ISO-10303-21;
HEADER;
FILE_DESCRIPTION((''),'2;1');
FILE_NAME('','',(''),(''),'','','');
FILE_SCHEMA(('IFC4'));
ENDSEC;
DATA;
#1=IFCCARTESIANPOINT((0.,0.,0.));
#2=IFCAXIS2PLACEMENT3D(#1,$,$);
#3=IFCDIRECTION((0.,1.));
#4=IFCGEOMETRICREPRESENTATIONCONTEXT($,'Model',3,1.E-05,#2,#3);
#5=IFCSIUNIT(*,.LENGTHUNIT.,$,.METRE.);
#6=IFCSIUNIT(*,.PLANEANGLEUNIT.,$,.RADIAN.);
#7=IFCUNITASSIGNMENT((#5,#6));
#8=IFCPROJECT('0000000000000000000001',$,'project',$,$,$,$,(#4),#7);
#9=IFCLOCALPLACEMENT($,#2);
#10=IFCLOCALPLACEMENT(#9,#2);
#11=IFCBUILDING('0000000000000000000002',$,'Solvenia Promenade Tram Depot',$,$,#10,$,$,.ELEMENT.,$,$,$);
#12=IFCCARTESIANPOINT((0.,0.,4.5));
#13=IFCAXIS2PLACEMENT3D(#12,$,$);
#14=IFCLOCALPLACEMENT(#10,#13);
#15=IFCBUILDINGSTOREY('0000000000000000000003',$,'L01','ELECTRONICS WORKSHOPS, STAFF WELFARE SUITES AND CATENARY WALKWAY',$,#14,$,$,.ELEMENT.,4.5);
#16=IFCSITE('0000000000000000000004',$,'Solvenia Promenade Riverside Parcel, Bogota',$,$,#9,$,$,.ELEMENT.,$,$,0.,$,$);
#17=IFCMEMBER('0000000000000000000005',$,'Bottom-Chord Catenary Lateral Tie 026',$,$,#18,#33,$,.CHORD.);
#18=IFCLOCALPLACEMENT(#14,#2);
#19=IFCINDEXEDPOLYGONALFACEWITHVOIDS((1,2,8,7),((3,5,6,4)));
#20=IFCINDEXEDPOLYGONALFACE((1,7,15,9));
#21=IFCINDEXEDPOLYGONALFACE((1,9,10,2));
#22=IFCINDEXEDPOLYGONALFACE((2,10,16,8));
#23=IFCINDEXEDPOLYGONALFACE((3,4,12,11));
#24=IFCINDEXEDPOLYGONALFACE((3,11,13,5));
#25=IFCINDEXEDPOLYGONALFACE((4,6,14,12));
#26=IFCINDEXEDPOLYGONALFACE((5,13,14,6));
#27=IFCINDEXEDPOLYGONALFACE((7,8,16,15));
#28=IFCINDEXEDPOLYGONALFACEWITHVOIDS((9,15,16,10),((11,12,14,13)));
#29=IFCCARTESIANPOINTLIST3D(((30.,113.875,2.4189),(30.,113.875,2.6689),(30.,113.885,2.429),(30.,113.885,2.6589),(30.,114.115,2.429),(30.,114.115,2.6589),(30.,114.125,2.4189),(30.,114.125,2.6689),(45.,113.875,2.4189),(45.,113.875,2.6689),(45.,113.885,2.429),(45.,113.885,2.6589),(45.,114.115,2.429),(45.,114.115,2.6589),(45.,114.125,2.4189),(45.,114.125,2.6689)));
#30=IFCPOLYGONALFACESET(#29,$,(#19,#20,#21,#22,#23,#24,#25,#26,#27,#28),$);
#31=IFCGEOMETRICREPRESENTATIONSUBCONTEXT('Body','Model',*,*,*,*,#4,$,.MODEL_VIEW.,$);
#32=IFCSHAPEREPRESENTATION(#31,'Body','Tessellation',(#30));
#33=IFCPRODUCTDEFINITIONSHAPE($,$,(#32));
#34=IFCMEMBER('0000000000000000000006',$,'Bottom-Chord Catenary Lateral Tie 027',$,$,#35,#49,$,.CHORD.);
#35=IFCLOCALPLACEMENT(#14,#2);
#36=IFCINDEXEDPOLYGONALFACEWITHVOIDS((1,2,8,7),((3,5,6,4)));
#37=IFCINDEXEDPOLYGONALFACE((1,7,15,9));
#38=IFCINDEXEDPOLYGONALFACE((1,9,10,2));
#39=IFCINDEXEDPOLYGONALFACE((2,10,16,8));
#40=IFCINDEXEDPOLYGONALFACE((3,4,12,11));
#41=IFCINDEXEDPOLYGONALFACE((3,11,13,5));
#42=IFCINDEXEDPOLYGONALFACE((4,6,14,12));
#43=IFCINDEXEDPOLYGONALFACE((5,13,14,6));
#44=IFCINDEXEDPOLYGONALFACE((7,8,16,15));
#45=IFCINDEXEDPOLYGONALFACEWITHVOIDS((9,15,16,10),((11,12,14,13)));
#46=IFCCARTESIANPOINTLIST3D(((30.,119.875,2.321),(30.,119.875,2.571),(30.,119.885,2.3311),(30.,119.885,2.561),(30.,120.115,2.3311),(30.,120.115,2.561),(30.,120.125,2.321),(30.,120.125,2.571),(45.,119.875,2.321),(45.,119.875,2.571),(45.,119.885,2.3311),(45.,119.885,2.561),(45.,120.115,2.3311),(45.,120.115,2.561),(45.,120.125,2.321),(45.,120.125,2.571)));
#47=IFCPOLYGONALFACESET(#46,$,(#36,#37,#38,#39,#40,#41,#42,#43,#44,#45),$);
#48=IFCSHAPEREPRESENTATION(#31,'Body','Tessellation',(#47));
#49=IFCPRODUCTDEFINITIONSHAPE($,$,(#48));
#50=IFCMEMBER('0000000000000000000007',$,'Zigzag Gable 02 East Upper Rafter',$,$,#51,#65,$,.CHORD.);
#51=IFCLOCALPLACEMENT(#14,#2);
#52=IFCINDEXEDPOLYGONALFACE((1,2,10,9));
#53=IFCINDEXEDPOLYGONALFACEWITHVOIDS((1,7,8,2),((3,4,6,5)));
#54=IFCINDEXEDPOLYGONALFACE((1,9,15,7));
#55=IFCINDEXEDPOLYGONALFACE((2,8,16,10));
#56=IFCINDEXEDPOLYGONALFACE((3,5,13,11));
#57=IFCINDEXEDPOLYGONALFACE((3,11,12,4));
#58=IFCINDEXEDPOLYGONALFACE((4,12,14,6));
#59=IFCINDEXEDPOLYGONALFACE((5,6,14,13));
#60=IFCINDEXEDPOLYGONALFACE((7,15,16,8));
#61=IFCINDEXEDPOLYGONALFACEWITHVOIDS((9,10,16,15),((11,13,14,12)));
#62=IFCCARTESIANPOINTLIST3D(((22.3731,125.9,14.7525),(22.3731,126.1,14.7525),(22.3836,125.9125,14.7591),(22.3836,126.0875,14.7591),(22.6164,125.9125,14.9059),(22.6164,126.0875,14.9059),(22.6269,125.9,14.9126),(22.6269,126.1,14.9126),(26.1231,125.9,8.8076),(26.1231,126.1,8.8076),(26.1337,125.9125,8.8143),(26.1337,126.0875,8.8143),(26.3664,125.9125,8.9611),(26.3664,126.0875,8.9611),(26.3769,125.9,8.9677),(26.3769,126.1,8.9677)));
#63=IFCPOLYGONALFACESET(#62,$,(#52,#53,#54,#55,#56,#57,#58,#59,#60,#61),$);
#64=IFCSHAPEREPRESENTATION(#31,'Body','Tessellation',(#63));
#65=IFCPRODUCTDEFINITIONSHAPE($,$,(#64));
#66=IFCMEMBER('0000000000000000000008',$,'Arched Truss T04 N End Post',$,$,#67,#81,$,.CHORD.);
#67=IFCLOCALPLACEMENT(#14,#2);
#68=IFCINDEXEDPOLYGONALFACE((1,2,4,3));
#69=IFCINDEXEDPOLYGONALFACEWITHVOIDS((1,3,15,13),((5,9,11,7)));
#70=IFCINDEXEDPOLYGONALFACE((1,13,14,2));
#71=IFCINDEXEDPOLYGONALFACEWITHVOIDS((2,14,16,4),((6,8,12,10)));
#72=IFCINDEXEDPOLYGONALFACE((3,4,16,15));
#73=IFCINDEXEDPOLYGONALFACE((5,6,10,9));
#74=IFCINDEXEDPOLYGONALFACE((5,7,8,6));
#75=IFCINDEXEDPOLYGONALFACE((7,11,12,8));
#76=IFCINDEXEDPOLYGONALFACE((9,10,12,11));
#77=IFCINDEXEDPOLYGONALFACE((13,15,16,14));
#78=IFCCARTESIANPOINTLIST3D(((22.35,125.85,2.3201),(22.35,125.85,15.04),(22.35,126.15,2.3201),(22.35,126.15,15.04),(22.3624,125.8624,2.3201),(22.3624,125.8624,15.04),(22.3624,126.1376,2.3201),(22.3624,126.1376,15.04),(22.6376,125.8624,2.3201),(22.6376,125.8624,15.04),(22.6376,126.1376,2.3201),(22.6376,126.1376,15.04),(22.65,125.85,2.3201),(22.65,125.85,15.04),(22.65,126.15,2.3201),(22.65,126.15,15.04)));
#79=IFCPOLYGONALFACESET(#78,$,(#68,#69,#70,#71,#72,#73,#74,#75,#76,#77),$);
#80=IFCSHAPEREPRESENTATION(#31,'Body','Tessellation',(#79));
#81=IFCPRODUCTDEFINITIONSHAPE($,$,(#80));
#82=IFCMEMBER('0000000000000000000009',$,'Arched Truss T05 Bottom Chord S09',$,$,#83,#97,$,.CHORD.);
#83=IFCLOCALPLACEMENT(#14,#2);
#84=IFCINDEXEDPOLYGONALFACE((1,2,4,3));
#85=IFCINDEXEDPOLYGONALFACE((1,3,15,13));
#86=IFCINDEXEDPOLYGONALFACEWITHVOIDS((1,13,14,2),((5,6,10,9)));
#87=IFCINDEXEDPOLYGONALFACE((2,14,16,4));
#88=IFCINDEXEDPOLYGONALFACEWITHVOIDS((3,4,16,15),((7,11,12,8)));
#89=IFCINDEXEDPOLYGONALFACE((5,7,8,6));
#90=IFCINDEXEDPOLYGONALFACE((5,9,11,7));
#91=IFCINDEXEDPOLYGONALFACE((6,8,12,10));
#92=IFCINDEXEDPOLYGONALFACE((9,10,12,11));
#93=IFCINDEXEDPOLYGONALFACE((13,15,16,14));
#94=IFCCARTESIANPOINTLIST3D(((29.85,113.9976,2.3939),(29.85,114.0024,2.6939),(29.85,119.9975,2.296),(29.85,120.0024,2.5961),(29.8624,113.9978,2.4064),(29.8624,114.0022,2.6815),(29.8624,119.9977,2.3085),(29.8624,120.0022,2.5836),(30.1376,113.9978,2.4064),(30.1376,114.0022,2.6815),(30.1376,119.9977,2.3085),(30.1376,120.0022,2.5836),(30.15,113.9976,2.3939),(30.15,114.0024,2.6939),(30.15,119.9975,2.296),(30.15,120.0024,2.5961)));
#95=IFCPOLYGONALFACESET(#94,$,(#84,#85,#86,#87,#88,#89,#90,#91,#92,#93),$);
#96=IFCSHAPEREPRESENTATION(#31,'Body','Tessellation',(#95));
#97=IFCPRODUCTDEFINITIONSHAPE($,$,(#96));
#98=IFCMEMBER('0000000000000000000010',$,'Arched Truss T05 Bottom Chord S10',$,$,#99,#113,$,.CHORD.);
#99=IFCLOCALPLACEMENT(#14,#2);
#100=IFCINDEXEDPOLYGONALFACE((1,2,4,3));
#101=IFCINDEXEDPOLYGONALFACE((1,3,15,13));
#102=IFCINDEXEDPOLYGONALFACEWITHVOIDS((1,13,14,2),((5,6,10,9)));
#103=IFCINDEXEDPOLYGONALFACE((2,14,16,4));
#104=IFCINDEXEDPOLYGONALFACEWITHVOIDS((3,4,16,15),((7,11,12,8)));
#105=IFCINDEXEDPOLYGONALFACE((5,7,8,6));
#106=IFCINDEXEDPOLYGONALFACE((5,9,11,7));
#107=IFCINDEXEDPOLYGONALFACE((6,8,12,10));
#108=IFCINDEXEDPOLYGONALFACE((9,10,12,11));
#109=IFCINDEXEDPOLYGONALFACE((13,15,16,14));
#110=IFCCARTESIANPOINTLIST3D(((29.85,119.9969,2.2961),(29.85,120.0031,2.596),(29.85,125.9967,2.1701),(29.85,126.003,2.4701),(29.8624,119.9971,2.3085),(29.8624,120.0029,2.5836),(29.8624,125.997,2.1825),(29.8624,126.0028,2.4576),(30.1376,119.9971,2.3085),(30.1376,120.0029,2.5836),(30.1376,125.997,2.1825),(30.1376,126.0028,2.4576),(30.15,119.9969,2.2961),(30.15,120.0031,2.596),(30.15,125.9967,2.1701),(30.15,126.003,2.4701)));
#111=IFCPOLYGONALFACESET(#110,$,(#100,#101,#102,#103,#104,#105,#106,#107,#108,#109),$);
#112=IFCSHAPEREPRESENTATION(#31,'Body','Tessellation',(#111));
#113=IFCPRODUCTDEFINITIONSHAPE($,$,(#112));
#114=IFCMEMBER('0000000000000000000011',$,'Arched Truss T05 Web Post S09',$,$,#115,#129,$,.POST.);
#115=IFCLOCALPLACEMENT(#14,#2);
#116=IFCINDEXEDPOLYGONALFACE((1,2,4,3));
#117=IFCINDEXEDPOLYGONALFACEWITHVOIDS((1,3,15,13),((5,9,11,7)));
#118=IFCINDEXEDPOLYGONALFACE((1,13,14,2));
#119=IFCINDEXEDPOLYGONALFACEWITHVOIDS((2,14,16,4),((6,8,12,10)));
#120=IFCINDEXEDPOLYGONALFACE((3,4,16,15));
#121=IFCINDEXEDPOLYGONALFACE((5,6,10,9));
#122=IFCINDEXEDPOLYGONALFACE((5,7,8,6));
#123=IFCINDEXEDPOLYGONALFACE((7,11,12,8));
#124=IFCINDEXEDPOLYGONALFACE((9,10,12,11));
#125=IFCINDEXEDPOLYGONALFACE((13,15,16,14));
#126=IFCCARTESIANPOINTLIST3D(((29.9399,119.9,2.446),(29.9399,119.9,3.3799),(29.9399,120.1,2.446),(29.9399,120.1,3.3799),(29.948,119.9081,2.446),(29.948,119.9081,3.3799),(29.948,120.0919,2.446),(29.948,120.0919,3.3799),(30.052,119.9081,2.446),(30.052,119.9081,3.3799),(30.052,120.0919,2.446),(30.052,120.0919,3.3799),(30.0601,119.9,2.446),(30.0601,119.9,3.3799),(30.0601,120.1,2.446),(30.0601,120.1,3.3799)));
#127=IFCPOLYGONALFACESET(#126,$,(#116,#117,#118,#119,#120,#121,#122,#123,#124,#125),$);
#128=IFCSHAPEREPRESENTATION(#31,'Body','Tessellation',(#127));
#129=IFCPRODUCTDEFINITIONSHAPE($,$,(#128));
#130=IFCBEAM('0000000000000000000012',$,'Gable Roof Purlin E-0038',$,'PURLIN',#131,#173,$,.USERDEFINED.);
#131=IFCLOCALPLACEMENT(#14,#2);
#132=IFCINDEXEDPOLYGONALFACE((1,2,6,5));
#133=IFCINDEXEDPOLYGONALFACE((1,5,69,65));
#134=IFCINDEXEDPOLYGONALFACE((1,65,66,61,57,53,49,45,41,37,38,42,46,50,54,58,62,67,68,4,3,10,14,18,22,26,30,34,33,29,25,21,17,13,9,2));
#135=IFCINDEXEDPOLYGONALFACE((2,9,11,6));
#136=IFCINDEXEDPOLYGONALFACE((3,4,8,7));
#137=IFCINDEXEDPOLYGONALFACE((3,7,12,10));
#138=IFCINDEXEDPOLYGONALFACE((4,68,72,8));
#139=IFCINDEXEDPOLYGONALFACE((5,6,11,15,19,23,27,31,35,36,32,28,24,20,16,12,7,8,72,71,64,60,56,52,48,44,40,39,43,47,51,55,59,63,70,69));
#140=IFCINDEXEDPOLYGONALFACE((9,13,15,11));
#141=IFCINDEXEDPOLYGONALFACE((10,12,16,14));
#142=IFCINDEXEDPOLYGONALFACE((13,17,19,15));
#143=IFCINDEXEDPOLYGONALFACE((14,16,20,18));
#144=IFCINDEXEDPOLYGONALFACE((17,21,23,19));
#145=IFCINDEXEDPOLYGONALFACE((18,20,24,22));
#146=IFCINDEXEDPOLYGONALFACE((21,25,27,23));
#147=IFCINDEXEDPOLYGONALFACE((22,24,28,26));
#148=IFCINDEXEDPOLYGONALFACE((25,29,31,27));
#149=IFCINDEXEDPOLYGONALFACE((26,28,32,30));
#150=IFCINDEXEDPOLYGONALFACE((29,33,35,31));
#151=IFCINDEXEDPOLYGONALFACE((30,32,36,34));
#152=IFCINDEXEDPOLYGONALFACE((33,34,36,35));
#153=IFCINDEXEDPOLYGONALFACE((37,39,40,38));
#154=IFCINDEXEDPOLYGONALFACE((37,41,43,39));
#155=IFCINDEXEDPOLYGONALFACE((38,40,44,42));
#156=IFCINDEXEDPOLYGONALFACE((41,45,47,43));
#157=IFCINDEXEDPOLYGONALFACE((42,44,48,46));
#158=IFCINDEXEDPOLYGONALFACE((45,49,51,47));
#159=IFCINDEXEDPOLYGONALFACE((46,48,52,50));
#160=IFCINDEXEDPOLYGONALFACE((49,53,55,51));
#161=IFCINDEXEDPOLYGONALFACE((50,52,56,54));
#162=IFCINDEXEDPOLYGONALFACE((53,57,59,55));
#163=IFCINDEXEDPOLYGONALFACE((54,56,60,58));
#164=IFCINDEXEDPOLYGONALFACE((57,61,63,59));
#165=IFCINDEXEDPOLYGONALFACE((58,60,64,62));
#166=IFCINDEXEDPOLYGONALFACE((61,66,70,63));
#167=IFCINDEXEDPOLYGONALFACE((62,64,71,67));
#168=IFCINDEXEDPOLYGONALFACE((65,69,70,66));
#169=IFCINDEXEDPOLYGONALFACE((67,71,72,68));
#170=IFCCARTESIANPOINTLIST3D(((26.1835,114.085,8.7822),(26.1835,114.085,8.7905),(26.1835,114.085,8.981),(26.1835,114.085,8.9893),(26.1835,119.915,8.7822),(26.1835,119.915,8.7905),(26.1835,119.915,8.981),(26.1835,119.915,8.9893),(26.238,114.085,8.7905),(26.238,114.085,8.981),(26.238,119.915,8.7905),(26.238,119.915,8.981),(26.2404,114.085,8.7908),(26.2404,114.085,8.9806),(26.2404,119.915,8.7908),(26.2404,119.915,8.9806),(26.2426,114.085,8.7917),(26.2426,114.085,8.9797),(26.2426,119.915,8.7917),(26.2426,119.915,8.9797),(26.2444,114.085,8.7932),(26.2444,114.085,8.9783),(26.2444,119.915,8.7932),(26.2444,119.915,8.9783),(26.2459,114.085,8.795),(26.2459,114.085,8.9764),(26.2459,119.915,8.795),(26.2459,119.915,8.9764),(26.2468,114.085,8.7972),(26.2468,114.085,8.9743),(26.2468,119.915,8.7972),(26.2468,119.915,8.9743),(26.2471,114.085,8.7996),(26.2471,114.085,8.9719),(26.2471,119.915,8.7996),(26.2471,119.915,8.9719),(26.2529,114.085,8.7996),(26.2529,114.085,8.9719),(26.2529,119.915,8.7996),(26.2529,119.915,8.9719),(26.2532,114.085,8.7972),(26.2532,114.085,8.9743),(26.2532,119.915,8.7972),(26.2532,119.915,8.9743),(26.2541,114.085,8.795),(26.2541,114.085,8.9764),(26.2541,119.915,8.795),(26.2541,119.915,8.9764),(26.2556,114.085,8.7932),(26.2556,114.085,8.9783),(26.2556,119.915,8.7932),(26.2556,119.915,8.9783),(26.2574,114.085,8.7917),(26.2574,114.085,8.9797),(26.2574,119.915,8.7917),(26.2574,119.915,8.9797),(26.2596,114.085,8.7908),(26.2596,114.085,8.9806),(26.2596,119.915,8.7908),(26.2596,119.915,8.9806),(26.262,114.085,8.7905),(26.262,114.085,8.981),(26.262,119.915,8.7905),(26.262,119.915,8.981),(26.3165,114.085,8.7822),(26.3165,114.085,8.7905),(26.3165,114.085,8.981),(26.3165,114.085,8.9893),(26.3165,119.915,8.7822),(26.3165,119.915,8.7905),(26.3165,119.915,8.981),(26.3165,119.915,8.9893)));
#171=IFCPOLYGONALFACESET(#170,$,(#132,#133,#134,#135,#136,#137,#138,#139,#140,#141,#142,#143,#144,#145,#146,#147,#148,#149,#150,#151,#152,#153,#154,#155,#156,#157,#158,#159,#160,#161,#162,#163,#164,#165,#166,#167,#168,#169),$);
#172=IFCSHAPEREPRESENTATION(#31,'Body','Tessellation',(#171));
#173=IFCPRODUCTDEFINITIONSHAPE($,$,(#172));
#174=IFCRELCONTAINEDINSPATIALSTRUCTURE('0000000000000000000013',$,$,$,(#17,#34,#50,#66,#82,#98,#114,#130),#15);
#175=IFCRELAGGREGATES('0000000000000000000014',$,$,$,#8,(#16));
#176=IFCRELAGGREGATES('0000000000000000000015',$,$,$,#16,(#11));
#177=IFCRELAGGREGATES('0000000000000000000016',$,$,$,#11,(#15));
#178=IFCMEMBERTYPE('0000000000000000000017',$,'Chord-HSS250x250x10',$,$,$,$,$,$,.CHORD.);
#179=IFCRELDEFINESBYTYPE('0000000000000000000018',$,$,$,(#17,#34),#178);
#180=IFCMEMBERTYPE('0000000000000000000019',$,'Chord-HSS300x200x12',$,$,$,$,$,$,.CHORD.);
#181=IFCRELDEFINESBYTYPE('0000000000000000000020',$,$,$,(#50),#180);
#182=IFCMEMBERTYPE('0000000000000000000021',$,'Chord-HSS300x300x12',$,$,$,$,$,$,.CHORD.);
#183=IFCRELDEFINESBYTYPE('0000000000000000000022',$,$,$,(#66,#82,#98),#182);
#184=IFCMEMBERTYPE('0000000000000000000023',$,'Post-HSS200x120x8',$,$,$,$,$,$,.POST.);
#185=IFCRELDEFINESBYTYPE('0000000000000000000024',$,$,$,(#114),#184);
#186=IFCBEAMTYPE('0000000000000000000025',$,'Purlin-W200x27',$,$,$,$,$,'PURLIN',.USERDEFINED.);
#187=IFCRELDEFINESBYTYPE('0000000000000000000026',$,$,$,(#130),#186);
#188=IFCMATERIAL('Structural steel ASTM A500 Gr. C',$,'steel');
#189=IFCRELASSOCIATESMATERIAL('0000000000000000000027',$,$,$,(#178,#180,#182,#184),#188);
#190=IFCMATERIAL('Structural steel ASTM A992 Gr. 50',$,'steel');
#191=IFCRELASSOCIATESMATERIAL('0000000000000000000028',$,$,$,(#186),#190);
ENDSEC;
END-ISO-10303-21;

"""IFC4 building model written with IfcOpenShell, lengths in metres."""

from ifc_helpers import new_model, si_unit, direction, frame, origin, origin_2d, place, context, subcontext, project, spatial, hollow_rectangle, i_section, extrude, material, material_profile, profile_set, type_object, element, save


model = new_model("IFC4")

# Units and contexts
model_context = context("Model", 3, precision=1e-05, world=origin(), true_north=direction((0.0, 1.0)))
body_context = subcontext(model_context, "Body", "Model", "MODEL_VIEW")
ifc_project = project(units=[si_unit("LENGTHUNIT", "METRE"), si_unit("PLANEANGLEUNIT", "RADIAN")], contexts=[model_context])

# Site, building, storey
site_placement = place(None, origin())
site = spatial("IfcSite", under=ifc_project, at=site_placement, Name="Solvenia Promenade Riverside Parcel, Bogota", CompositionType="ELEMENT", RefElevation=0.0)
building_placement = place(site_placement, origin())
building = spatial("IfcBuilding", under=site, at=building_placement, Name="Solvenia Promenade Tram Depot", CompositionType="ELEMENT")
storey_placement = place(building_placement, frame((0.0, 0.0, 4.5)))
storey = spatial("IfcBuildingStorey", under=building, at=storey_placement, Name="L01", Description="ELECTRONICS WORKSHOPS, STAFF WELFARE SUITES AND CATENARY WALKWAY", CompositionType="ELEMENT", Elevation=4.5)

# Shared definitions
ifc_material_1 = material(Name="Structural steel ASTM A500 Gr. C", Category="steel")

# Members
ifc_material_profile_1 = material_profile(ifc_material_1, hollow_rectangle(XDim=0.25, YDim=0.25, WallThickness=0.01, at=origin_2d()), Name="HSS250x250x10", Category="steel")
ifc_profile_set_1 = profile_set([ifc_material_profile_1], Name="Structural steel ASTM A500 Gr. C")
member_type_1 = type_object("IfcMemberType", Name="Chord-HSS250x250x10", PredefinedType="CHORD", material=ifc_profile_set_1)
for number, where, z_axis, x_axis, name in (
    (1, (30.0, 114.0, 2.5439), (1.0, 0.0, 0.0), (0.0, 1.0, 0.0), "Bottom-Chord Catenary Lateral Tie 026"),
    (2, (30.0, 120.0, 2.446), (1.0, 0.0, 0.0), (0.0, 1.0, 0.0), "Bottom-Chord Catenary Lateral Tie 027"),
):
    element("IfcMember", number, at=place(storey_placement, frame(where, z_axis=z_axis, x_axis=x_axis)), inside=storey, type_object=member_type_1, Name=name, PredefinedType="CHORD", context=body_context, shape_type="SweptSolid", body=[
        extrude(hollow_rectangle(XDim=0.25, YDim=0.25, WallThickness=0.01, at=origin_2d()), origin(), (0.0, 0.0, 1.0), 15.0),
    ])
ifc_material_profile_2 = material_profile(ifc_material_1, hollow_rectangle(XDim=0.2, YDim=0.3, WallThickness=0.0125, at=origin_2d()), Name="HSS300x200x12.5", Category="steel")
ifc_profile_set_2 = profile_set([ifc_material_profile_2], Name="Structural steel ASTM A500 Gr. C")
member_type_2 = type_object("IfcMemberType", Name="Chord-HSS300x200x12", PredefinedType="CHORD", material=ifc_profile_set_2)
member_1_placement = place(storey_placement, frame((22.5, 126.0, 14.8325), z_axis=(0.533522, 0.0, -0.845786), x_axis=(0.0, 1.0, 0.0)))
element("IfcMember", 3, at=member_1_placement, inside=storey, type_object=member_type_2, Name="Zigzag Gable 02 East Upper Rafter", PredefinedType="CHORD", context=body_context, shape_type="SweptSolid", body=[
    extrude(hollow_rectangle(XDim=0.2, YDim=0.3, WallThickness=0.0125, at=origin_2d()), origin(), (0.0, 0.0, 1.0), 7.0288),
])
ifc_material_profile_3 = material_profile(ifc_material_1, hollow_rectangle(XDim=0.3, YDim=0.3, WallThickness=0.0125, at=origin_2d()), Name="HSS300x300x12.5", Category="steel")
ifc_profile_set_3 = profile_set([ifc_material_profile_3], Name="Structural steel ASTM A500 Gr. C")
member_type_3 = type_object("IfcMemberType", Name="Chord-HSS300x300x12", PredefinedType="CHORD", material=ifc_profile_set_3)
member_2_placement = place(storey_placement, frame((22.5, 126.0, 2.3201), z_axis=(0.0, 0.0, 1.0), x_axis=(1.0, 0.0, 0.0)))
element("IfcMember", 4, at=member_2_placement, inside=storey, type_object=member_type_3, Name="Arched Truss T04 N End Post", PredefinedType="CHORD", context=body_context, shape_type="SweptSolid", body=[
    extrude(hollow_rectangle(XDim=0.3, YDim=0.3, WallThickness=0.0125, at=origin_2d()), origin(), (0.0, 0.0, 1.0), 12.72),
])
member_3_placement = place(storey_placement, frame((30.0, 114.0, 2.5439), z_axis=(0.0, 0.999867, -0.016315), x_axis=(-1.0, 0.0, 0.0)))
element("IfcMember", 5, at=member_3_placement, inside=storey, type_object=member_type_3, Name="Arched Truss T05 Bottom Chord S09", PredefinedType="CHORD", context=body_context, shape_type="SweptSolid", body=[
    extrude(hollow_rectangle(XDim=0.3, YDim=0.3, WallThickness=0.0125, at=origin_2d()), origin(), (0.0, 0.0, 1.0), 6.0007),
])
member_4_placement = place(storey_placement, frame((30.0, 120.0, 2.446), z_axis=(0.0, 0.99978, -0.020991), x_axis=(-1.0, 0.0, 0.0)))
element("IfcMember", 6, at=member_4_placement, inside=storey, type_object=member_type_3, Name="Arched Truss T05 Bottom Chord S10", PredefinedType="CHORD", context=body_context, shape_type="SweptSolid", body=[
    extrude(hollow_rectangle(XDim=0.3, YDim=0.3, WallThickness=0.0125, at=origin_2d()), origin(), (0.0, 0.0, 1.0), 6.0012),
])
ifc_material_profile_4 = material_profile(ifc_material_1, hollow_rectangle(XDim=0.1201, YDim=0.2, WallThickness=0.0081, at=origin_2d()), Name="HSS200x120x8", Category="steel")
ifc_profile_set_4 = profile_set([ifc_material_profile_4], Name="Structural steel ASTM A500 Gr. C")
member_type_4 = type_object("IfcMemberType", Name="Post-HSS200x120x8", PredefinedType="POST", material=ifc_profile_set_4)
member_5_placement = place(storey_placement, frame((30.0, 120.0, 2.446), z_axis=(0.0, 0.0, 1.0), x_axis=(1.0, 0.0, 0.0)))
element("IfcMember", 7, at=member_5_placement, inside=storey, type_object=member_type_4, Name="Arched Truss T05 Web Post S09", PredefinedType="POST", context=body_context, shape_type="SweptSolid", body=[
    extrude(hollow_rectangle(XDim=0.1201, YDim=0.2, WallThickness=0.0081, at=origin_2d()), origin(), (0.0, 0.0, 1.0), 0.9338),
])

# Beam
ifc_material_2 = material(Name="Structural steel ASTM A992 Gr. 50", Category="steel")
ifc_material_profile_5 = material_profile(ifc_material_2, i_section(OverallWidth=0.1331, OverallDepth=0.207, WebThickness=0.0059, FlangeThickness=0.0083, FilletRadius=0.009, at=origin_2d()), Name="W200x27", Category="steel")
ifc_profile_set_5 = profile_set([ifc_material_profile_5], Name="Structural steel ASTM A992 Gr. 50")
beam_type_1 = type_object("IfcBeamType", Name="Purlin-W200x27", ElementType="PURLIN", PredefinedType="USERDEFINED", material=ifc_profile_set_5)
for number, where, z_axis, x_axis, name in (
    (8, (26.25, 114.085, 8.8857), (0.0, 1.0, 0.0), (-1.0, 0.0, 0.0), "Gable Roof Purlin E-0038"),
):
    element("IfcBeam", number, at=place(storey_placement, frame(where, z_axis=z_axis, x_axis=x_axis)), inside=storey, type_object=beam_type_1, Name=name, ObjectType="PURLIN", PredefinedType="USERDEFINED", context=body_context, shape_type="SweptSolid", body=[
        extrude(i_section(OverallWidth=0.1331, OverallDepth=0.207, WebThickness=0.0059, FlangeThickness=0.0083, FilletRadius=0.009, at=origin_2d()), origin(), (0.0, 0.0, 1.0), 5.8301),
    ])

save(model, "model.ifc")
